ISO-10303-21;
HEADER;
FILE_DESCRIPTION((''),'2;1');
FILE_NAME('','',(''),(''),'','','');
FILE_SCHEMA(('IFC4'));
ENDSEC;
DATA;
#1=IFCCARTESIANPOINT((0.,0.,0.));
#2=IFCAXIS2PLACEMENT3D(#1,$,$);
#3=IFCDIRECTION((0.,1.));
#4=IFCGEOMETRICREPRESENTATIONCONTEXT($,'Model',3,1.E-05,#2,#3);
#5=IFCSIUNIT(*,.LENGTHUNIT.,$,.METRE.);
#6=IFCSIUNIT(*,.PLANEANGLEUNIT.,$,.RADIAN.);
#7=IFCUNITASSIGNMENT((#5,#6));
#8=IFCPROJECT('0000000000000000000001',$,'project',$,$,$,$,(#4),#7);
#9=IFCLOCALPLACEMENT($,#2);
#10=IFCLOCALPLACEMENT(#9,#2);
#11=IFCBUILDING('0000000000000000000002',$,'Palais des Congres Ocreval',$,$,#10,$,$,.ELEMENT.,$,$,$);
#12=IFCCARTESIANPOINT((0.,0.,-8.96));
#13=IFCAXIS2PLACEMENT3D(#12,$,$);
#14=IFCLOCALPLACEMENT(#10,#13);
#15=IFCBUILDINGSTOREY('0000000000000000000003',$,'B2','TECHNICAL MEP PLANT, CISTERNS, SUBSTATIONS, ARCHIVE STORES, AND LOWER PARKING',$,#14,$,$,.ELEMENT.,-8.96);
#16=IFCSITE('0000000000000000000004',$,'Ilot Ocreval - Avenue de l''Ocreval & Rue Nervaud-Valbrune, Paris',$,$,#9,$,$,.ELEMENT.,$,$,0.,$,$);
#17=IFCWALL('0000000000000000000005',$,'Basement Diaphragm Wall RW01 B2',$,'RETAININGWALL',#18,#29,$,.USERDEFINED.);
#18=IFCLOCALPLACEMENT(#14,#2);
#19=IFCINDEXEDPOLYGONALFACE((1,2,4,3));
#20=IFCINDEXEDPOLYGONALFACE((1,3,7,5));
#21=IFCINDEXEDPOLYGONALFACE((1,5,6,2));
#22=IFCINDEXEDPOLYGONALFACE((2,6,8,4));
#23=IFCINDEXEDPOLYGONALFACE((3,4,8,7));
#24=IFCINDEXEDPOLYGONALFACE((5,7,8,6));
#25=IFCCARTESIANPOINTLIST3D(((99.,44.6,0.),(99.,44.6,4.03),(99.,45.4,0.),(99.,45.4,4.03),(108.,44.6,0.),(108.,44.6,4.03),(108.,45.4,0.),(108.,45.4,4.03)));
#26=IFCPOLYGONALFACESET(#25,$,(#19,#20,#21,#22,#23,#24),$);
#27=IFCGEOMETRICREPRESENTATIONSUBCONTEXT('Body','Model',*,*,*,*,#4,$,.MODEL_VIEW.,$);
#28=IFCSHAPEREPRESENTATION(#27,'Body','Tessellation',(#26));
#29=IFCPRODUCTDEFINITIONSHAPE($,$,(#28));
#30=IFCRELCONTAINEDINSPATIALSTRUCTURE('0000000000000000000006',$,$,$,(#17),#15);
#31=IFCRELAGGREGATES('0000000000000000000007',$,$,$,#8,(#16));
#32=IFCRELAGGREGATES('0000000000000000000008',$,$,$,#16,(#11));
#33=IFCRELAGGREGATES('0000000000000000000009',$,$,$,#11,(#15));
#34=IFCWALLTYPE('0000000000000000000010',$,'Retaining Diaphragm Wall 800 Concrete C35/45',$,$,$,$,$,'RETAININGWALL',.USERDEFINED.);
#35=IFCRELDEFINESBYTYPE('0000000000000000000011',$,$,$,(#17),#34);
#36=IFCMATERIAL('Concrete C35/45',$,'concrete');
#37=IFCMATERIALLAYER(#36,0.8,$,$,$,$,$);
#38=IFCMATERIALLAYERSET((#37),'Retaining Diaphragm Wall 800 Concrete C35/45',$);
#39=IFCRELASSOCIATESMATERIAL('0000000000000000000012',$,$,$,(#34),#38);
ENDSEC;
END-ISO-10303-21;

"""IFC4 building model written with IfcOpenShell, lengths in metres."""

from ifc_helpers import new_model, si_unit, direction, frame, frame_2d, origin, place, context, subcontext, project, spatial, rectangle, extrude, material, layer, layer_set, type_object, element, save


model = new_model("IFC4")

# Units and contexts
model_context = context("Model", 3, precision=1e-05, world=origin(), true_north=direction((0.0, 1.0)))
body_context = subcontext(model_context, "Body", "Model", "MODEL_VIEW")
ifc_project = project(units=[si_unit("LENGTHUNIT", "METRE"), si_unit("PLANEANGLEUNIT", "RADIAN")], contexts=[model_context])

# Site, building, storey
site_placement = place(None, origin())
site = spatial("IfcSite", under=ifc_project, at=site_placement, Name="Ilot Ocreval - Avenue de l'Ocreval & Rue Nervaud-Valbrune, Paris", CompositionType="ELEMENT", RefElevation=0.0)
building_placement = place(site_placement, origin())
building = spatial("IfcBuilding", under=site, at=building_placement, Name="Palais des Congres Ocreval", CompositionType="ELEMENT")
storey_placement = place(building_placement, frame((0.0, 0.0, -8.96)))
storey = spatial("IfcBuildingStorey", under=building, at=storey_placement, Name="B2", Description="TECHNICAL MEP PLANT, CISTERNS, SUBSTATIONS, ARCHIVE STORES, AND LOWER PARKING", CompositionType="ELEMENT", Elevation=-8.96)

# Shared definitions
ifc_material_1 = material(Name="Concrete C35/45", Category="concrete")

# Wall
ifc_layer_1 = layer(ifc_material_1, 0.8)
ifc_layer_set_1 = layer_set([ifc_layer_1], Name="Retaining Diaphragm Wall 800 Concrete C35/45")
wall_type_1 = type_object("IfcWallType", Name="Retaining Diaphragm Wall 800 Concrete C35/45", ElementType="RETAININGWALL", PredefinedType="USERDEFINED", material=ifc_layer_set_1)
wall_placement = place(storey_placement, frame((108.0, 45.0, 0.0), z_axis=(0.0, 0.0, 1.0), x_axis=(-1.0, 0.0, 0.0)))
element("IfcWall", 1, at=wall_placement, inside=storey, type_object=wall_type_1, Name="Basement Diaphragm Wall RW01 B2", ObjectType="RETAININGWALL", PredefinedType="USERDEFINED", context=body_context, shape_type="SweptSolid", body=[
    extrude(rectangle(XDim=9.0, YDim=0.8, at=frame_2d((4.5, 0.0))), origin(), (0.0, 0.0, 1.0), 4.03),
])

save(model, "model.ifc")
